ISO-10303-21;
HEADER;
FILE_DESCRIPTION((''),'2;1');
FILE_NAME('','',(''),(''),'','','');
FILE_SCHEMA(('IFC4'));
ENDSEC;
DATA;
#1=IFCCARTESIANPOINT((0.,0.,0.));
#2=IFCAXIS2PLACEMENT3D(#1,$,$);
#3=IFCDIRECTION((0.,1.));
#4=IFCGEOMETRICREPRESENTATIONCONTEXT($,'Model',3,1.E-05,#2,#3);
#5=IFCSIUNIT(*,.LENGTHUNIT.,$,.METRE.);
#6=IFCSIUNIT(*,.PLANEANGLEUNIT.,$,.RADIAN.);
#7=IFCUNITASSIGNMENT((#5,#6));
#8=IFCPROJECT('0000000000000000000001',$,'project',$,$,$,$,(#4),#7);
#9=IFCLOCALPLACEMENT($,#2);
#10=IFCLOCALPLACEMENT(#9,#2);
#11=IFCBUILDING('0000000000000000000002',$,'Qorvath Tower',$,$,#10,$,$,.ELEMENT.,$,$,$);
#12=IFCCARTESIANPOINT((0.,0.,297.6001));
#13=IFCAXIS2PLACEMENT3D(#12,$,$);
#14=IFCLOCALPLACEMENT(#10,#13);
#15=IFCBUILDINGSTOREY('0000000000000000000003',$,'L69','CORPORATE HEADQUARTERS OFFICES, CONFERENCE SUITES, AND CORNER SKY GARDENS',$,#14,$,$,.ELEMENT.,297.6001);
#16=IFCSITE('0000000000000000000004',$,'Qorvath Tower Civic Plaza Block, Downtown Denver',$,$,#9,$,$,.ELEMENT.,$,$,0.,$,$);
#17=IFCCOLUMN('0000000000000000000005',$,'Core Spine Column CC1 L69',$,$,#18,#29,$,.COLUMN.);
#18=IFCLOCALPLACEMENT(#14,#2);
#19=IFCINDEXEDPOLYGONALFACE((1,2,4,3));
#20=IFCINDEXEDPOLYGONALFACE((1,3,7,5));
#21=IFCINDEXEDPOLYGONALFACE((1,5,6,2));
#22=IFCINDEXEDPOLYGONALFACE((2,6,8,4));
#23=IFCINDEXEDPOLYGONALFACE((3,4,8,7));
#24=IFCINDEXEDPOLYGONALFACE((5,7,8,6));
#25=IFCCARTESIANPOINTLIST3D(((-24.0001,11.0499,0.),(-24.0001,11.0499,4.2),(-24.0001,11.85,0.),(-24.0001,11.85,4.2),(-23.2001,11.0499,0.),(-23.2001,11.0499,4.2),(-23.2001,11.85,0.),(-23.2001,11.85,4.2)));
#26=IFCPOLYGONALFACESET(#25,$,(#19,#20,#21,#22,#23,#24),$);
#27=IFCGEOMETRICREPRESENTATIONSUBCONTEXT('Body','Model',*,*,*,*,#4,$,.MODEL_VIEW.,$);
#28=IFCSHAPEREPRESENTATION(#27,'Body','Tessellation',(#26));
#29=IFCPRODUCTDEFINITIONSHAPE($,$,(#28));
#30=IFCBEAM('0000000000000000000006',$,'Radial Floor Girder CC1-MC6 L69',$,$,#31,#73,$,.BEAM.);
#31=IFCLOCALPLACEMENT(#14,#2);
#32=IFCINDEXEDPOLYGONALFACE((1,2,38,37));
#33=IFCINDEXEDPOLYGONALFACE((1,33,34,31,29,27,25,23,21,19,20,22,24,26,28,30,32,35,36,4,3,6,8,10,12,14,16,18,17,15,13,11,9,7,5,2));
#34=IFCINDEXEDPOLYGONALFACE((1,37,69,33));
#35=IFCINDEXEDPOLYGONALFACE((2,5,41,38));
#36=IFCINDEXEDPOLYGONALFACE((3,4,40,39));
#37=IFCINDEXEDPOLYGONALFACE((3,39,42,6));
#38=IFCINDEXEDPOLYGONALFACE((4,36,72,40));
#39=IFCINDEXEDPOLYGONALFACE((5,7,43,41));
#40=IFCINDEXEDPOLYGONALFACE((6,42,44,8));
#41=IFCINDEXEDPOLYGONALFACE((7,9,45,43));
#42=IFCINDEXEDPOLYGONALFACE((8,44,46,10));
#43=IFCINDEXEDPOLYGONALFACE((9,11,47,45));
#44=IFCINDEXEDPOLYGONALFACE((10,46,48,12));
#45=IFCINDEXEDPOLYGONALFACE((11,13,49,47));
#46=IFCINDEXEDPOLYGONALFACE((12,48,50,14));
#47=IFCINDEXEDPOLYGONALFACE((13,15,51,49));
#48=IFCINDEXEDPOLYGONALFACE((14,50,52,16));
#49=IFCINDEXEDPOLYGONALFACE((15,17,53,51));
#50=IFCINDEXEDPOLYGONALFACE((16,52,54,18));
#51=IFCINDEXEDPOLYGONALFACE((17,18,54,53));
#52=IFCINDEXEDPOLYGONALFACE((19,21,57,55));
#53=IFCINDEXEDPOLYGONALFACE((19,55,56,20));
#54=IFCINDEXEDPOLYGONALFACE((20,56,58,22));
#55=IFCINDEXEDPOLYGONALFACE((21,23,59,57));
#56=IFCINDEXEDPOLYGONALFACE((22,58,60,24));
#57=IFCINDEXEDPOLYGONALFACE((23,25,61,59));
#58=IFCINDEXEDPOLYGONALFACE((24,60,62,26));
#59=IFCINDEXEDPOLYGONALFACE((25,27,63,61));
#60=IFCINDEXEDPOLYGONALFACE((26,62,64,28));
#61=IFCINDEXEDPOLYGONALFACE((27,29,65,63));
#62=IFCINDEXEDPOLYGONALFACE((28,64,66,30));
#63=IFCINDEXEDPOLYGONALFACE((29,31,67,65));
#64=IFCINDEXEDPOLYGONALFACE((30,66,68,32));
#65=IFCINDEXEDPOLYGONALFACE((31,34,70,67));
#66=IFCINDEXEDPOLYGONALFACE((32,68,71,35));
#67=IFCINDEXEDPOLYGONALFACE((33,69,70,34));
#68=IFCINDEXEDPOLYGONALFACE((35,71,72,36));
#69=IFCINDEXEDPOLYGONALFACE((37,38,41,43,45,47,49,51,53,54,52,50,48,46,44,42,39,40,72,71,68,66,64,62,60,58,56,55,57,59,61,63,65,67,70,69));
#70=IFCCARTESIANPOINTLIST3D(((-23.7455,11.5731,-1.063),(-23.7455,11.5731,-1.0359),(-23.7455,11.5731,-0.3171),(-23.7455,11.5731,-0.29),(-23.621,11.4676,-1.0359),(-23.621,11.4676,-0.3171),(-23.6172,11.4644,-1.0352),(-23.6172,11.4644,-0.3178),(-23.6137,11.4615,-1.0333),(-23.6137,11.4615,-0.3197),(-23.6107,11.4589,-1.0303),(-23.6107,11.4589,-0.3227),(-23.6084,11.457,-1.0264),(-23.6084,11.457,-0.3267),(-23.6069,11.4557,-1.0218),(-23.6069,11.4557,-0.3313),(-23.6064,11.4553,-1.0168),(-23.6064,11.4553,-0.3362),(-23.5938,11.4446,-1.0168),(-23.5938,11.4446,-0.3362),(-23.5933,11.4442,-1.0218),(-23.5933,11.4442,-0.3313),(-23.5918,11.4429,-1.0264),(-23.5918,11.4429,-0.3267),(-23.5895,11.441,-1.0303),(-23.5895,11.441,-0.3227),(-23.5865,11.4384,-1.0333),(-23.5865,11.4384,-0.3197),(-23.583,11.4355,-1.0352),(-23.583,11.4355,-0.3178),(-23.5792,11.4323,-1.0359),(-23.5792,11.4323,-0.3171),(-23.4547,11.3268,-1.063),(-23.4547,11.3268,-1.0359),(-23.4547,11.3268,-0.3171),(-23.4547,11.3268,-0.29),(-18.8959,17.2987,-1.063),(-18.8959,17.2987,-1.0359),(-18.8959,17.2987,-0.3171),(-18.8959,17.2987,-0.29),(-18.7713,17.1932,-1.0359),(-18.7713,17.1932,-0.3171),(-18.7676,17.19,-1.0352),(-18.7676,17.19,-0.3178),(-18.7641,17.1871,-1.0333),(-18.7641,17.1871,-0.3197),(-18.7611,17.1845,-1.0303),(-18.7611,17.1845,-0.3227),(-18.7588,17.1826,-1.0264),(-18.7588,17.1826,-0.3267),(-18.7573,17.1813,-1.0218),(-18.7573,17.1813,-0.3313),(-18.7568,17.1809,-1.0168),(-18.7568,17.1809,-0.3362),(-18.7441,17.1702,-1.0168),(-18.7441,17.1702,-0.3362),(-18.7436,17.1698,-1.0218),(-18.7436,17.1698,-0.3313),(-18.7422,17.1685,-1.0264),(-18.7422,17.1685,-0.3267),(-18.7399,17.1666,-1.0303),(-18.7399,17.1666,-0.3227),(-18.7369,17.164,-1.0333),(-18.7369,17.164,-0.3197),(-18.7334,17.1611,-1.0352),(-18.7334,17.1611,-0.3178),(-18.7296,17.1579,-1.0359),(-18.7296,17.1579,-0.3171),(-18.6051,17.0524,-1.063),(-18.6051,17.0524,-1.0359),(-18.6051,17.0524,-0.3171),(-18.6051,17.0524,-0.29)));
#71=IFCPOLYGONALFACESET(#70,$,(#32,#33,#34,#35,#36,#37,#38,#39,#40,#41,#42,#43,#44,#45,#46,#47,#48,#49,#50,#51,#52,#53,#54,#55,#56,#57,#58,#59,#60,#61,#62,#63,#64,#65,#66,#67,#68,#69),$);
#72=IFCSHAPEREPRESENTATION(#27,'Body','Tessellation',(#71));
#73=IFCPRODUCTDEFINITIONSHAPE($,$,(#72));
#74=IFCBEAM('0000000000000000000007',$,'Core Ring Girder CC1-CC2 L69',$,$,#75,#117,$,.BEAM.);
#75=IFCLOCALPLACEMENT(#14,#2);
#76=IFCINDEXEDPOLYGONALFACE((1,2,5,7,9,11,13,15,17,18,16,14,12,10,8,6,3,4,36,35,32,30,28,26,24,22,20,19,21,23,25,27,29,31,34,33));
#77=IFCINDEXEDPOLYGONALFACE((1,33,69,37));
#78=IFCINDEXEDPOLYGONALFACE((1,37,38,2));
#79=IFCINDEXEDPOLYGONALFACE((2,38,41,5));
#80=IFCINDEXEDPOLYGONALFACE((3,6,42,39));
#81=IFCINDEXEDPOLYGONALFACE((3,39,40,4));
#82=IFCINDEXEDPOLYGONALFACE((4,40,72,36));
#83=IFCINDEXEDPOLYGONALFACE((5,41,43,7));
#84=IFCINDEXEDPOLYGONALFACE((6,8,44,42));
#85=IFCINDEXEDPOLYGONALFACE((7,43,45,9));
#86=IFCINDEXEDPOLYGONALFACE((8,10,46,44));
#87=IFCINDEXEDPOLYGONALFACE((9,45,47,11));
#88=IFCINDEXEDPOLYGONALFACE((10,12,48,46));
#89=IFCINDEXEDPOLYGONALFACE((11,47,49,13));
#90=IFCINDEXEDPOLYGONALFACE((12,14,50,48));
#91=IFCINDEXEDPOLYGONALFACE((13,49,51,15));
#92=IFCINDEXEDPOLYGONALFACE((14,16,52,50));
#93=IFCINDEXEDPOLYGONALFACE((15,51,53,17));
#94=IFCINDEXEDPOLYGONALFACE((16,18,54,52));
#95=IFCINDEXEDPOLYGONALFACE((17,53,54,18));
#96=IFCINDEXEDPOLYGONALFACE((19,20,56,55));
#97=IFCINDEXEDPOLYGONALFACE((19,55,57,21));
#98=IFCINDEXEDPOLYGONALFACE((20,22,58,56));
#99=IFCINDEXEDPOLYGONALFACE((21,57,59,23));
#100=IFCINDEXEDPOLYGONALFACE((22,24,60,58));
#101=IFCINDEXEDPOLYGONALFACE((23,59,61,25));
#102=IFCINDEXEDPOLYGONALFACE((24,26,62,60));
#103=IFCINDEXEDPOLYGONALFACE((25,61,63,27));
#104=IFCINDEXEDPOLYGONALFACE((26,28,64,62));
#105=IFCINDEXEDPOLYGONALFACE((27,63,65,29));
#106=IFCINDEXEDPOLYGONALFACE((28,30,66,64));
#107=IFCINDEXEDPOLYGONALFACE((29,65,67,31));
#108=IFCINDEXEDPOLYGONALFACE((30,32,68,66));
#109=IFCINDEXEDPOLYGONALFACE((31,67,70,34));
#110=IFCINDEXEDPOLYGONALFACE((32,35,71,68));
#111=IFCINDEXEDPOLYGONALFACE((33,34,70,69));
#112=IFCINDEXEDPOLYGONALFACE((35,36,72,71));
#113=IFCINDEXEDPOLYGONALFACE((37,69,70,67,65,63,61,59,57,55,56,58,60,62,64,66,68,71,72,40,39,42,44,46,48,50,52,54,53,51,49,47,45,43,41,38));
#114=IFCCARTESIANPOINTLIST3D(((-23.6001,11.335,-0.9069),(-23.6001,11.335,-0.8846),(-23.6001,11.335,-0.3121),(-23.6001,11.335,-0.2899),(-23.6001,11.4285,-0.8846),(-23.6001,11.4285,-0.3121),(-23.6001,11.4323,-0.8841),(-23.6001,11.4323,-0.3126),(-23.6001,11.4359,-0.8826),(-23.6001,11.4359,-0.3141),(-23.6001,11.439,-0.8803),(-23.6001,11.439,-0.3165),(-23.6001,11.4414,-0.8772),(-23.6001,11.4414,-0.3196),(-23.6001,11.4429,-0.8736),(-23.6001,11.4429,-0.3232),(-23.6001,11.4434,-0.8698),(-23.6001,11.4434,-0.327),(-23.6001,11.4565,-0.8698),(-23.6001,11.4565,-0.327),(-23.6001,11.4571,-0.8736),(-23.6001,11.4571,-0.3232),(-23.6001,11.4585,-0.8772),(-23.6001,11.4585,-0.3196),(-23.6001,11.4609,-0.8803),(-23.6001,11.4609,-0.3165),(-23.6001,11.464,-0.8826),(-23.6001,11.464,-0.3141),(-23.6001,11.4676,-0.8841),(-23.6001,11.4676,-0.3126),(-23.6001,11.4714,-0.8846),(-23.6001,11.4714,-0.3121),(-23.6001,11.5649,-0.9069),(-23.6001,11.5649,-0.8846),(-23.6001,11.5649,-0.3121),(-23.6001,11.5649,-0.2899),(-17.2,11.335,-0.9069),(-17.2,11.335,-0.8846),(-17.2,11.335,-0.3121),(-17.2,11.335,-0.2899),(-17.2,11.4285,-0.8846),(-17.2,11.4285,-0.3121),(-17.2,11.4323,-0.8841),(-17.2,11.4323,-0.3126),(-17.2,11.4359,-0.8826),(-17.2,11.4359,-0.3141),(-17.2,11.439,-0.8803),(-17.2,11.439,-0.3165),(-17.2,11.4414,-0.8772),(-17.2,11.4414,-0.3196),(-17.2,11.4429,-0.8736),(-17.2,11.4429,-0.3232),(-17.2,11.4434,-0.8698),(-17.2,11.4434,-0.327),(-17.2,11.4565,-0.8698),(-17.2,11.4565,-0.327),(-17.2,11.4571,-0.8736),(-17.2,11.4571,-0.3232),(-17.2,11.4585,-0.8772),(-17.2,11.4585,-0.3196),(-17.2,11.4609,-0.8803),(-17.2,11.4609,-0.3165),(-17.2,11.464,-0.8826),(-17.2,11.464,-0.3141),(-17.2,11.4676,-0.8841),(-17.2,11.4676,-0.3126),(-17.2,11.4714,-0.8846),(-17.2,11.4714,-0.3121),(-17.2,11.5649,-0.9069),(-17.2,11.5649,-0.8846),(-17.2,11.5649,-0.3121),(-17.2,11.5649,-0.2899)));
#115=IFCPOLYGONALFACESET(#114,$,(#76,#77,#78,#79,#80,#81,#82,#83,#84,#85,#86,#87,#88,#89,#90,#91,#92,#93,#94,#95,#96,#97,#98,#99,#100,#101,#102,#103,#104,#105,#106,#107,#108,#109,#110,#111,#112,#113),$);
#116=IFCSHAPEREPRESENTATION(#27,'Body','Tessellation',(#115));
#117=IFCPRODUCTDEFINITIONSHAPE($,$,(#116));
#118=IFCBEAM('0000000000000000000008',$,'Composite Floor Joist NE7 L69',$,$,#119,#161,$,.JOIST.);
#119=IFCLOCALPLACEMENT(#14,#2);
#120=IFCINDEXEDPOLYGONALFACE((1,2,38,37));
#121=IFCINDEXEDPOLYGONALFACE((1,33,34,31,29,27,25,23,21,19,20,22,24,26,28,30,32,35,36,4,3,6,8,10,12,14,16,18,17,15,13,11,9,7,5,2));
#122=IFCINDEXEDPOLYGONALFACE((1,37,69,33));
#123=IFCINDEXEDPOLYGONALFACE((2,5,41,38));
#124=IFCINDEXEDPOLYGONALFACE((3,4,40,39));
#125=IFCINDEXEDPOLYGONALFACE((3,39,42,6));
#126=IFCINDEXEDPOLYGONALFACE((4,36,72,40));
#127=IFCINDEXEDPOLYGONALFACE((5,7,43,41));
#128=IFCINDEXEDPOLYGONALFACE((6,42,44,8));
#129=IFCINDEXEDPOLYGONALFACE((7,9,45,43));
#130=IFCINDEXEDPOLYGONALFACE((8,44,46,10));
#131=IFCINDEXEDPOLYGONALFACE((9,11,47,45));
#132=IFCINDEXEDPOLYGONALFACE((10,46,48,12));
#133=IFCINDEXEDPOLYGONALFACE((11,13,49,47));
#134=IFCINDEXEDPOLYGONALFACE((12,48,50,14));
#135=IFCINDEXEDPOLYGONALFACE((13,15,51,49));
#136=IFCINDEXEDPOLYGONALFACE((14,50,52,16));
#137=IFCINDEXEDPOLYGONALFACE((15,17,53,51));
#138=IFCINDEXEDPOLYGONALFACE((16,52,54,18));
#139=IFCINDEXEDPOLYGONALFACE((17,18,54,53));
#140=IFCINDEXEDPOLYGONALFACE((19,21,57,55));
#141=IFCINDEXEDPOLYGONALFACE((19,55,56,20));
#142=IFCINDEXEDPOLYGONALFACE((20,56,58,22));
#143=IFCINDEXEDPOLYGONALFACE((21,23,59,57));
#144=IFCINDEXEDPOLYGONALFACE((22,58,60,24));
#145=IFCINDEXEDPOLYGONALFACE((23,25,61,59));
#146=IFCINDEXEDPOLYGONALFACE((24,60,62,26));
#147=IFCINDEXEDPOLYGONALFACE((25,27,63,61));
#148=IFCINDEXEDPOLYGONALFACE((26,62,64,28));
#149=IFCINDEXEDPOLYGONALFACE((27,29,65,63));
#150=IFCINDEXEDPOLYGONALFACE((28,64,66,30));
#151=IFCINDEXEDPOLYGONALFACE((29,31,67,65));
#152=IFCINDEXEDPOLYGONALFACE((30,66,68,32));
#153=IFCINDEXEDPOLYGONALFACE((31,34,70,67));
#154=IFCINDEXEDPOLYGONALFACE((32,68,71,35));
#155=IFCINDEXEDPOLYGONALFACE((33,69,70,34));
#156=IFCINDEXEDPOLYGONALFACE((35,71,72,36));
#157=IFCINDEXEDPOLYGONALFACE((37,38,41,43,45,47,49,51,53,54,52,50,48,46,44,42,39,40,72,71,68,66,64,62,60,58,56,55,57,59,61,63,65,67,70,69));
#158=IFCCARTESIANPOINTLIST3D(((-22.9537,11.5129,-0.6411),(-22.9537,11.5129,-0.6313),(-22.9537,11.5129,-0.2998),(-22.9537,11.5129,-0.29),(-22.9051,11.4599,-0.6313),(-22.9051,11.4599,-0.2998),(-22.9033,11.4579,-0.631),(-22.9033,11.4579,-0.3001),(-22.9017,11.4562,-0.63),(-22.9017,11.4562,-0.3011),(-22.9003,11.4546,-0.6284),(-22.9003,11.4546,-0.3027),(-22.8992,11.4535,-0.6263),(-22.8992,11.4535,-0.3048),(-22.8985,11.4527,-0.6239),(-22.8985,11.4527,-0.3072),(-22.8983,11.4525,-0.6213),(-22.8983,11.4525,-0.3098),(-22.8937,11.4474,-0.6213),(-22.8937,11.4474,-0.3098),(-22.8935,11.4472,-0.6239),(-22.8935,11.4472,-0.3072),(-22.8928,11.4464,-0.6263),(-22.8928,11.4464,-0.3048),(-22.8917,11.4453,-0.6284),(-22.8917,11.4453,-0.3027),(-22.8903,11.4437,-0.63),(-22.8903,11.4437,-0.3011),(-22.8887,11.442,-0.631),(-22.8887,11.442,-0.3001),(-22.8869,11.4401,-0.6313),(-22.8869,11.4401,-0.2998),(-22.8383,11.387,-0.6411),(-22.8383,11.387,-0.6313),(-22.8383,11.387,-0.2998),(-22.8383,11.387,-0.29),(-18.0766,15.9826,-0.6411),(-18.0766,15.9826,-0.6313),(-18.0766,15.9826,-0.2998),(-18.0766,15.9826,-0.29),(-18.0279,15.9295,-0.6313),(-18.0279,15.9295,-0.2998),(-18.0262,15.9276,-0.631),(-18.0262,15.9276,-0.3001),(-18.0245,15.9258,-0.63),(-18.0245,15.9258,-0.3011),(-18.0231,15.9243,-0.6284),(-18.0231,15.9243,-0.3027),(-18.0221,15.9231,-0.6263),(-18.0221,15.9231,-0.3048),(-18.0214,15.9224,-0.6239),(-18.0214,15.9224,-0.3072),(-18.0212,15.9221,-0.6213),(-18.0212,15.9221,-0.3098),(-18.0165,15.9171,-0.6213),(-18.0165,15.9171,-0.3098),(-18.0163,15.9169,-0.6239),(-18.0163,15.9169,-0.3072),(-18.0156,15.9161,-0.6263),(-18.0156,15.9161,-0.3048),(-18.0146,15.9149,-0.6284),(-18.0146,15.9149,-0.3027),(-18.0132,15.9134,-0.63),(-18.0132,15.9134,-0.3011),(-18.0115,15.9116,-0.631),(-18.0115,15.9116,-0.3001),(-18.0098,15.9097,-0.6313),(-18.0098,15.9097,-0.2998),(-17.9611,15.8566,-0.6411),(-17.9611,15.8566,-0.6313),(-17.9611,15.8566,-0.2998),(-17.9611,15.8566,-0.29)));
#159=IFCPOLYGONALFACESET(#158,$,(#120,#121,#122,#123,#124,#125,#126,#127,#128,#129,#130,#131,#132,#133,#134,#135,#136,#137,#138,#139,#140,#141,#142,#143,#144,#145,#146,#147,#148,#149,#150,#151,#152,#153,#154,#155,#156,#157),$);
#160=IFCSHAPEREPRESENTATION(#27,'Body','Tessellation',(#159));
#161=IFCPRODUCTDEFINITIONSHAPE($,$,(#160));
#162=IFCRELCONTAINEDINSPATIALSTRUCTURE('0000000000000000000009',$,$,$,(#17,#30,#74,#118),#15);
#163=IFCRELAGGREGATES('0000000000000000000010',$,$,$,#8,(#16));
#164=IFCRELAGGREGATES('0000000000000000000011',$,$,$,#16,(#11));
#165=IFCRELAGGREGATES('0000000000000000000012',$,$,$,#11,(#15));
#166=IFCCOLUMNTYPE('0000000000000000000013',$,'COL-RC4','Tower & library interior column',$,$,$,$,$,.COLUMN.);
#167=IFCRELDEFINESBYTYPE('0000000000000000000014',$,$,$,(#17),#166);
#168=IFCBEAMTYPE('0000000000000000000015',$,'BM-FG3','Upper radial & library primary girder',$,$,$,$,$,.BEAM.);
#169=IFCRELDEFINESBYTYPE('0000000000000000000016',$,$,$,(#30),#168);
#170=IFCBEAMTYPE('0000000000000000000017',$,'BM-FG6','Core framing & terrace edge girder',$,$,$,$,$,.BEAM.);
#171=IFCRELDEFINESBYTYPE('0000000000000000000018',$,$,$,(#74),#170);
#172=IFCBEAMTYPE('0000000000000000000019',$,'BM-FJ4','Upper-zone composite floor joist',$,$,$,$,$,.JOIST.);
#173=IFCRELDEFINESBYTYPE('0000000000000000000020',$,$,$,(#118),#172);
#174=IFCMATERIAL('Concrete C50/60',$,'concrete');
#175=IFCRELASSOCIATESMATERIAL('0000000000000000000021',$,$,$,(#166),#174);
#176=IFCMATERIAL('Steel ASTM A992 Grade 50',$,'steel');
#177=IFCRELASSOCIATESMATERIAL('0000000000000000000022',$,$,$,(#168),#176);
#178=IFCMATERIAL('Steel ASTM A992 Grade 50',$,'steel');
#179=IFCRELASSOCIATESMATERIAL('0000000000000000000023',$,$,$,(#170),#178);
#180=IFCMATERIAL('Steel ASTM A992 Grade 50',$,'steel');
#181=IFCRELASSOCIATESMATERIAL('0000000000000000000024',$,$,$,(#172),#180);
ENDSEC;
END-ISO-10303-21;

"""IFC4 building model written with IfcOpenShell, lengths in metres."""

from ifc_helpers import new_model, si_unit, direction, frame, origin, origin_2d, place, context, subcontext, project, spatial, rectangle, i_section, extrude, material, material_profile, profile_set, type_object, element, save


model = new_model("IFC4")

# Units and contexts
model_context = context("Model", 3, precision=1e-05, world=origin(), true_north=direction((0.0, 1.0)))
body_context = subcontext(model_context, "Body", "Model", "MODEL_VIEW")
ifc_project = project(units=[si_unit("LENGTHUNIT", "METRE"), si_unit("PLANEANGLEUNIT", "RADIAN")], contexts=[model_context])

# Site, building, storey
site_placement = place(None, origin())
site = spatial("IfcSite", under=ifc_project, at=site_placement, Name="Qorvath Tower Civic Plaza Block, Downtown Denver", CompositionType="ELEMENT", RefElevation=0.0)
building_placement = place(site_placement, origin())
building = spatial("IfcBuilding", under=site, at=building_placement, Name="Qorvath Tower", CompositionType="ELEMENT")
storey_placement = place(building_placement, frame((0.0, 0.0, 297.6001)))
storey = spatial("IfcBuildingStorey", under=building, at=storey_placement, Name="L69", Description="CORPORATE HEADQUARTERS OFFICES, CONFERENCE SUITES, AND CORNER SKY GARDENS", CompositionType="ELEMENT", Elevation=297.6001)

# Column
ifc_material_1 = material(Name="Concrete C50/60", Category="concrete")
ifc_material_profile_1 = material_profile(ifc_material_1, rectangle(XDim=0.8, YDim=0.8, at=origin_2d()), Name="RC 800x800")
ifc_profile_set_1 = profile_set([ifc_material_profile_1], Name="Concrete C50/60")
column_type = type_object("IfcColumnType", Name="COL-RC4", Description="Tower & library interior column", PredefinedType="COLUMN", material=ifc_profile_set_1)
column_placement = place(storey_placement, frame((-23.6001, 11.45, 0.0), z_axis=(0.0, 0.0, 1.0), x_axis=(1.0, 0.0, 0.0)))
element("IfcColumn", 1, at=column_placement, inside=storey, type_object=column_type, Name="Core Spine Column CC1 L69", PredefinedType="COLUMN", context=body_context, shape_type="SweptSolid", body=[
    extrude(rectangle(XDim=0.8, YDim=0.8, at=origin_2d()), origin(), (0.0, 0.0, 1.0), 4.2),
])

# Beams
ifc_material_2 = material(Name="Steel ASTM A992 Grade 50", Category="steel")
ifc_material_profile_2 = material_profile(ifc_material_2, i_section(OverallWidth=0.3811, OverallDepth=0.7729, WebThickness=0.0166, FlangeThickness=0.0271, FilletRadius=0.019, at=origin_2d()), Name="W30x173")
ifc_profile_set_2 = profile_set([ifc_material_profile_2], Name="Steel ASTM A992 Grade 50")
beam_type_1 = type_object("IfcBeamType", Name="BM-FG3", Description="Upper radial & library primary girder", PredefinedType="BEAM", material=ifc_profile_set_2)
beam_1_placement = place(storey_placement, frame((-23.6001, 11.45, -0.6765), z_axis=(0.646321, 0.763065, 0.0), x_axis=(-0.763065, 0.646321, 0.0)))
element("IfcBeam", 2, at=beam_1_placement, inside=storey, type_object=beam_type_1, Name="Radial Floor Girder CC1-MC6 L69", PredefinedType="BEAM", context=body_context, shape_type="SweptSolid", body=[
    extrude(i_section(OverallWidth=0.3811, OverallDepth=0.7729, WebThickness=0.0166, FlangeThickness=0.0271, FilletRadius=0.019, at=origin_2d()), origin(), (0.0, 0.0, 1.0), 7.5034),
])
ifc_material_3 = material(Name="Steel ASTM A992 Grade 50", Category="steel")
ifc_material_profile_3 = material_profile(ifc_material_3, i_section(OverallWidth=0.23, OverallDepth=0.6169, WebThickness=0.0132, FlangeThickness=0.0222, FilletRadius=0.0149, at=origin_2d()), Name="W24x94")
ifc_profile_set_3 = profile_set([ifc_material_profile_3], Name="Steel ASTM A992 Grade 50")
beam_type_2 = type_object("IfcBeamType", Name="BM-FG6", Description="Core framing & terrace edge girder", PredefinedType="BEAM", material=ifc_profile_set_3)
beam_2_placement = place(storey_placement, frame((-23.6001, 11.45, -0.5984), z_axis=(1.0, 0.0, 0.0), x_axis=(0.0, 1.0, 0.0)))
element("IfcBeam", 3, at=beam_2_placement, inside=storey, type_object=beam_type_2, Name="Core Ring Girder CC1-CC2 L69", PredefinedType="BEAM", context=body_context, shape_type="SweptSolid", body=[
    extrude(i_section(OverallWidth=0.23, OverallDepth=0.6169, WebThickness=0.0132, FlangeThickness=0.0222, FilletRadius=0.0149, at=origin_2d()), origin(), (0.0, 0.0, 1.0), 6.4001),
])
ifc_material_4 = material(Name="Steel ASTM A992 Grade 50", Category="steel")
ifc_material_profile_4 = material_profile(ifc_material_4, i_section(OverallWidth=0.1709, OverallDepth=0.3511, WebThickness=0.0068, FlangeThickness=0.0098, FilletRadius=0.01, at=origin_2d()), Name="W14x30")
ifc_profile_set_4 = profile_set([ifc_material_profile_4], Name="Steel ASTM A992 Grade 50")
beam_type_3 = type_object("IfcBeamType", Name="BM-FJ4", Description="Upper-zone composite floor joist", PredefinedType="JOIST", material=ifc_profile_set_4)
beam_3_placement = place(storey_placement, frame((-22.896, 11.45, -0.4656), z_axis=(0.737232, 0.675639, 0.0), x_axis=(-0.675639, 0.737232, 0.0)))
element("IfcBeam", 4, at=beam_3_placement, inside=storey, type_object=beam_type_3, Name="Composite Floor Joist NE7 L69", PredefinedType="JOIST", context=body_context, shape_type="SweptSolid", body=[
    extrude(i_section(OverallWidth=0.1709, OverallDepth=0.3511, WebThickness=0.0068, FlangeThickness=0.0098, FilletRadius=0.01, at=origin_2d()), origin(), (0.0, 0.0, 1.0), 6.6155),
])

save(model, "model.ifc")
